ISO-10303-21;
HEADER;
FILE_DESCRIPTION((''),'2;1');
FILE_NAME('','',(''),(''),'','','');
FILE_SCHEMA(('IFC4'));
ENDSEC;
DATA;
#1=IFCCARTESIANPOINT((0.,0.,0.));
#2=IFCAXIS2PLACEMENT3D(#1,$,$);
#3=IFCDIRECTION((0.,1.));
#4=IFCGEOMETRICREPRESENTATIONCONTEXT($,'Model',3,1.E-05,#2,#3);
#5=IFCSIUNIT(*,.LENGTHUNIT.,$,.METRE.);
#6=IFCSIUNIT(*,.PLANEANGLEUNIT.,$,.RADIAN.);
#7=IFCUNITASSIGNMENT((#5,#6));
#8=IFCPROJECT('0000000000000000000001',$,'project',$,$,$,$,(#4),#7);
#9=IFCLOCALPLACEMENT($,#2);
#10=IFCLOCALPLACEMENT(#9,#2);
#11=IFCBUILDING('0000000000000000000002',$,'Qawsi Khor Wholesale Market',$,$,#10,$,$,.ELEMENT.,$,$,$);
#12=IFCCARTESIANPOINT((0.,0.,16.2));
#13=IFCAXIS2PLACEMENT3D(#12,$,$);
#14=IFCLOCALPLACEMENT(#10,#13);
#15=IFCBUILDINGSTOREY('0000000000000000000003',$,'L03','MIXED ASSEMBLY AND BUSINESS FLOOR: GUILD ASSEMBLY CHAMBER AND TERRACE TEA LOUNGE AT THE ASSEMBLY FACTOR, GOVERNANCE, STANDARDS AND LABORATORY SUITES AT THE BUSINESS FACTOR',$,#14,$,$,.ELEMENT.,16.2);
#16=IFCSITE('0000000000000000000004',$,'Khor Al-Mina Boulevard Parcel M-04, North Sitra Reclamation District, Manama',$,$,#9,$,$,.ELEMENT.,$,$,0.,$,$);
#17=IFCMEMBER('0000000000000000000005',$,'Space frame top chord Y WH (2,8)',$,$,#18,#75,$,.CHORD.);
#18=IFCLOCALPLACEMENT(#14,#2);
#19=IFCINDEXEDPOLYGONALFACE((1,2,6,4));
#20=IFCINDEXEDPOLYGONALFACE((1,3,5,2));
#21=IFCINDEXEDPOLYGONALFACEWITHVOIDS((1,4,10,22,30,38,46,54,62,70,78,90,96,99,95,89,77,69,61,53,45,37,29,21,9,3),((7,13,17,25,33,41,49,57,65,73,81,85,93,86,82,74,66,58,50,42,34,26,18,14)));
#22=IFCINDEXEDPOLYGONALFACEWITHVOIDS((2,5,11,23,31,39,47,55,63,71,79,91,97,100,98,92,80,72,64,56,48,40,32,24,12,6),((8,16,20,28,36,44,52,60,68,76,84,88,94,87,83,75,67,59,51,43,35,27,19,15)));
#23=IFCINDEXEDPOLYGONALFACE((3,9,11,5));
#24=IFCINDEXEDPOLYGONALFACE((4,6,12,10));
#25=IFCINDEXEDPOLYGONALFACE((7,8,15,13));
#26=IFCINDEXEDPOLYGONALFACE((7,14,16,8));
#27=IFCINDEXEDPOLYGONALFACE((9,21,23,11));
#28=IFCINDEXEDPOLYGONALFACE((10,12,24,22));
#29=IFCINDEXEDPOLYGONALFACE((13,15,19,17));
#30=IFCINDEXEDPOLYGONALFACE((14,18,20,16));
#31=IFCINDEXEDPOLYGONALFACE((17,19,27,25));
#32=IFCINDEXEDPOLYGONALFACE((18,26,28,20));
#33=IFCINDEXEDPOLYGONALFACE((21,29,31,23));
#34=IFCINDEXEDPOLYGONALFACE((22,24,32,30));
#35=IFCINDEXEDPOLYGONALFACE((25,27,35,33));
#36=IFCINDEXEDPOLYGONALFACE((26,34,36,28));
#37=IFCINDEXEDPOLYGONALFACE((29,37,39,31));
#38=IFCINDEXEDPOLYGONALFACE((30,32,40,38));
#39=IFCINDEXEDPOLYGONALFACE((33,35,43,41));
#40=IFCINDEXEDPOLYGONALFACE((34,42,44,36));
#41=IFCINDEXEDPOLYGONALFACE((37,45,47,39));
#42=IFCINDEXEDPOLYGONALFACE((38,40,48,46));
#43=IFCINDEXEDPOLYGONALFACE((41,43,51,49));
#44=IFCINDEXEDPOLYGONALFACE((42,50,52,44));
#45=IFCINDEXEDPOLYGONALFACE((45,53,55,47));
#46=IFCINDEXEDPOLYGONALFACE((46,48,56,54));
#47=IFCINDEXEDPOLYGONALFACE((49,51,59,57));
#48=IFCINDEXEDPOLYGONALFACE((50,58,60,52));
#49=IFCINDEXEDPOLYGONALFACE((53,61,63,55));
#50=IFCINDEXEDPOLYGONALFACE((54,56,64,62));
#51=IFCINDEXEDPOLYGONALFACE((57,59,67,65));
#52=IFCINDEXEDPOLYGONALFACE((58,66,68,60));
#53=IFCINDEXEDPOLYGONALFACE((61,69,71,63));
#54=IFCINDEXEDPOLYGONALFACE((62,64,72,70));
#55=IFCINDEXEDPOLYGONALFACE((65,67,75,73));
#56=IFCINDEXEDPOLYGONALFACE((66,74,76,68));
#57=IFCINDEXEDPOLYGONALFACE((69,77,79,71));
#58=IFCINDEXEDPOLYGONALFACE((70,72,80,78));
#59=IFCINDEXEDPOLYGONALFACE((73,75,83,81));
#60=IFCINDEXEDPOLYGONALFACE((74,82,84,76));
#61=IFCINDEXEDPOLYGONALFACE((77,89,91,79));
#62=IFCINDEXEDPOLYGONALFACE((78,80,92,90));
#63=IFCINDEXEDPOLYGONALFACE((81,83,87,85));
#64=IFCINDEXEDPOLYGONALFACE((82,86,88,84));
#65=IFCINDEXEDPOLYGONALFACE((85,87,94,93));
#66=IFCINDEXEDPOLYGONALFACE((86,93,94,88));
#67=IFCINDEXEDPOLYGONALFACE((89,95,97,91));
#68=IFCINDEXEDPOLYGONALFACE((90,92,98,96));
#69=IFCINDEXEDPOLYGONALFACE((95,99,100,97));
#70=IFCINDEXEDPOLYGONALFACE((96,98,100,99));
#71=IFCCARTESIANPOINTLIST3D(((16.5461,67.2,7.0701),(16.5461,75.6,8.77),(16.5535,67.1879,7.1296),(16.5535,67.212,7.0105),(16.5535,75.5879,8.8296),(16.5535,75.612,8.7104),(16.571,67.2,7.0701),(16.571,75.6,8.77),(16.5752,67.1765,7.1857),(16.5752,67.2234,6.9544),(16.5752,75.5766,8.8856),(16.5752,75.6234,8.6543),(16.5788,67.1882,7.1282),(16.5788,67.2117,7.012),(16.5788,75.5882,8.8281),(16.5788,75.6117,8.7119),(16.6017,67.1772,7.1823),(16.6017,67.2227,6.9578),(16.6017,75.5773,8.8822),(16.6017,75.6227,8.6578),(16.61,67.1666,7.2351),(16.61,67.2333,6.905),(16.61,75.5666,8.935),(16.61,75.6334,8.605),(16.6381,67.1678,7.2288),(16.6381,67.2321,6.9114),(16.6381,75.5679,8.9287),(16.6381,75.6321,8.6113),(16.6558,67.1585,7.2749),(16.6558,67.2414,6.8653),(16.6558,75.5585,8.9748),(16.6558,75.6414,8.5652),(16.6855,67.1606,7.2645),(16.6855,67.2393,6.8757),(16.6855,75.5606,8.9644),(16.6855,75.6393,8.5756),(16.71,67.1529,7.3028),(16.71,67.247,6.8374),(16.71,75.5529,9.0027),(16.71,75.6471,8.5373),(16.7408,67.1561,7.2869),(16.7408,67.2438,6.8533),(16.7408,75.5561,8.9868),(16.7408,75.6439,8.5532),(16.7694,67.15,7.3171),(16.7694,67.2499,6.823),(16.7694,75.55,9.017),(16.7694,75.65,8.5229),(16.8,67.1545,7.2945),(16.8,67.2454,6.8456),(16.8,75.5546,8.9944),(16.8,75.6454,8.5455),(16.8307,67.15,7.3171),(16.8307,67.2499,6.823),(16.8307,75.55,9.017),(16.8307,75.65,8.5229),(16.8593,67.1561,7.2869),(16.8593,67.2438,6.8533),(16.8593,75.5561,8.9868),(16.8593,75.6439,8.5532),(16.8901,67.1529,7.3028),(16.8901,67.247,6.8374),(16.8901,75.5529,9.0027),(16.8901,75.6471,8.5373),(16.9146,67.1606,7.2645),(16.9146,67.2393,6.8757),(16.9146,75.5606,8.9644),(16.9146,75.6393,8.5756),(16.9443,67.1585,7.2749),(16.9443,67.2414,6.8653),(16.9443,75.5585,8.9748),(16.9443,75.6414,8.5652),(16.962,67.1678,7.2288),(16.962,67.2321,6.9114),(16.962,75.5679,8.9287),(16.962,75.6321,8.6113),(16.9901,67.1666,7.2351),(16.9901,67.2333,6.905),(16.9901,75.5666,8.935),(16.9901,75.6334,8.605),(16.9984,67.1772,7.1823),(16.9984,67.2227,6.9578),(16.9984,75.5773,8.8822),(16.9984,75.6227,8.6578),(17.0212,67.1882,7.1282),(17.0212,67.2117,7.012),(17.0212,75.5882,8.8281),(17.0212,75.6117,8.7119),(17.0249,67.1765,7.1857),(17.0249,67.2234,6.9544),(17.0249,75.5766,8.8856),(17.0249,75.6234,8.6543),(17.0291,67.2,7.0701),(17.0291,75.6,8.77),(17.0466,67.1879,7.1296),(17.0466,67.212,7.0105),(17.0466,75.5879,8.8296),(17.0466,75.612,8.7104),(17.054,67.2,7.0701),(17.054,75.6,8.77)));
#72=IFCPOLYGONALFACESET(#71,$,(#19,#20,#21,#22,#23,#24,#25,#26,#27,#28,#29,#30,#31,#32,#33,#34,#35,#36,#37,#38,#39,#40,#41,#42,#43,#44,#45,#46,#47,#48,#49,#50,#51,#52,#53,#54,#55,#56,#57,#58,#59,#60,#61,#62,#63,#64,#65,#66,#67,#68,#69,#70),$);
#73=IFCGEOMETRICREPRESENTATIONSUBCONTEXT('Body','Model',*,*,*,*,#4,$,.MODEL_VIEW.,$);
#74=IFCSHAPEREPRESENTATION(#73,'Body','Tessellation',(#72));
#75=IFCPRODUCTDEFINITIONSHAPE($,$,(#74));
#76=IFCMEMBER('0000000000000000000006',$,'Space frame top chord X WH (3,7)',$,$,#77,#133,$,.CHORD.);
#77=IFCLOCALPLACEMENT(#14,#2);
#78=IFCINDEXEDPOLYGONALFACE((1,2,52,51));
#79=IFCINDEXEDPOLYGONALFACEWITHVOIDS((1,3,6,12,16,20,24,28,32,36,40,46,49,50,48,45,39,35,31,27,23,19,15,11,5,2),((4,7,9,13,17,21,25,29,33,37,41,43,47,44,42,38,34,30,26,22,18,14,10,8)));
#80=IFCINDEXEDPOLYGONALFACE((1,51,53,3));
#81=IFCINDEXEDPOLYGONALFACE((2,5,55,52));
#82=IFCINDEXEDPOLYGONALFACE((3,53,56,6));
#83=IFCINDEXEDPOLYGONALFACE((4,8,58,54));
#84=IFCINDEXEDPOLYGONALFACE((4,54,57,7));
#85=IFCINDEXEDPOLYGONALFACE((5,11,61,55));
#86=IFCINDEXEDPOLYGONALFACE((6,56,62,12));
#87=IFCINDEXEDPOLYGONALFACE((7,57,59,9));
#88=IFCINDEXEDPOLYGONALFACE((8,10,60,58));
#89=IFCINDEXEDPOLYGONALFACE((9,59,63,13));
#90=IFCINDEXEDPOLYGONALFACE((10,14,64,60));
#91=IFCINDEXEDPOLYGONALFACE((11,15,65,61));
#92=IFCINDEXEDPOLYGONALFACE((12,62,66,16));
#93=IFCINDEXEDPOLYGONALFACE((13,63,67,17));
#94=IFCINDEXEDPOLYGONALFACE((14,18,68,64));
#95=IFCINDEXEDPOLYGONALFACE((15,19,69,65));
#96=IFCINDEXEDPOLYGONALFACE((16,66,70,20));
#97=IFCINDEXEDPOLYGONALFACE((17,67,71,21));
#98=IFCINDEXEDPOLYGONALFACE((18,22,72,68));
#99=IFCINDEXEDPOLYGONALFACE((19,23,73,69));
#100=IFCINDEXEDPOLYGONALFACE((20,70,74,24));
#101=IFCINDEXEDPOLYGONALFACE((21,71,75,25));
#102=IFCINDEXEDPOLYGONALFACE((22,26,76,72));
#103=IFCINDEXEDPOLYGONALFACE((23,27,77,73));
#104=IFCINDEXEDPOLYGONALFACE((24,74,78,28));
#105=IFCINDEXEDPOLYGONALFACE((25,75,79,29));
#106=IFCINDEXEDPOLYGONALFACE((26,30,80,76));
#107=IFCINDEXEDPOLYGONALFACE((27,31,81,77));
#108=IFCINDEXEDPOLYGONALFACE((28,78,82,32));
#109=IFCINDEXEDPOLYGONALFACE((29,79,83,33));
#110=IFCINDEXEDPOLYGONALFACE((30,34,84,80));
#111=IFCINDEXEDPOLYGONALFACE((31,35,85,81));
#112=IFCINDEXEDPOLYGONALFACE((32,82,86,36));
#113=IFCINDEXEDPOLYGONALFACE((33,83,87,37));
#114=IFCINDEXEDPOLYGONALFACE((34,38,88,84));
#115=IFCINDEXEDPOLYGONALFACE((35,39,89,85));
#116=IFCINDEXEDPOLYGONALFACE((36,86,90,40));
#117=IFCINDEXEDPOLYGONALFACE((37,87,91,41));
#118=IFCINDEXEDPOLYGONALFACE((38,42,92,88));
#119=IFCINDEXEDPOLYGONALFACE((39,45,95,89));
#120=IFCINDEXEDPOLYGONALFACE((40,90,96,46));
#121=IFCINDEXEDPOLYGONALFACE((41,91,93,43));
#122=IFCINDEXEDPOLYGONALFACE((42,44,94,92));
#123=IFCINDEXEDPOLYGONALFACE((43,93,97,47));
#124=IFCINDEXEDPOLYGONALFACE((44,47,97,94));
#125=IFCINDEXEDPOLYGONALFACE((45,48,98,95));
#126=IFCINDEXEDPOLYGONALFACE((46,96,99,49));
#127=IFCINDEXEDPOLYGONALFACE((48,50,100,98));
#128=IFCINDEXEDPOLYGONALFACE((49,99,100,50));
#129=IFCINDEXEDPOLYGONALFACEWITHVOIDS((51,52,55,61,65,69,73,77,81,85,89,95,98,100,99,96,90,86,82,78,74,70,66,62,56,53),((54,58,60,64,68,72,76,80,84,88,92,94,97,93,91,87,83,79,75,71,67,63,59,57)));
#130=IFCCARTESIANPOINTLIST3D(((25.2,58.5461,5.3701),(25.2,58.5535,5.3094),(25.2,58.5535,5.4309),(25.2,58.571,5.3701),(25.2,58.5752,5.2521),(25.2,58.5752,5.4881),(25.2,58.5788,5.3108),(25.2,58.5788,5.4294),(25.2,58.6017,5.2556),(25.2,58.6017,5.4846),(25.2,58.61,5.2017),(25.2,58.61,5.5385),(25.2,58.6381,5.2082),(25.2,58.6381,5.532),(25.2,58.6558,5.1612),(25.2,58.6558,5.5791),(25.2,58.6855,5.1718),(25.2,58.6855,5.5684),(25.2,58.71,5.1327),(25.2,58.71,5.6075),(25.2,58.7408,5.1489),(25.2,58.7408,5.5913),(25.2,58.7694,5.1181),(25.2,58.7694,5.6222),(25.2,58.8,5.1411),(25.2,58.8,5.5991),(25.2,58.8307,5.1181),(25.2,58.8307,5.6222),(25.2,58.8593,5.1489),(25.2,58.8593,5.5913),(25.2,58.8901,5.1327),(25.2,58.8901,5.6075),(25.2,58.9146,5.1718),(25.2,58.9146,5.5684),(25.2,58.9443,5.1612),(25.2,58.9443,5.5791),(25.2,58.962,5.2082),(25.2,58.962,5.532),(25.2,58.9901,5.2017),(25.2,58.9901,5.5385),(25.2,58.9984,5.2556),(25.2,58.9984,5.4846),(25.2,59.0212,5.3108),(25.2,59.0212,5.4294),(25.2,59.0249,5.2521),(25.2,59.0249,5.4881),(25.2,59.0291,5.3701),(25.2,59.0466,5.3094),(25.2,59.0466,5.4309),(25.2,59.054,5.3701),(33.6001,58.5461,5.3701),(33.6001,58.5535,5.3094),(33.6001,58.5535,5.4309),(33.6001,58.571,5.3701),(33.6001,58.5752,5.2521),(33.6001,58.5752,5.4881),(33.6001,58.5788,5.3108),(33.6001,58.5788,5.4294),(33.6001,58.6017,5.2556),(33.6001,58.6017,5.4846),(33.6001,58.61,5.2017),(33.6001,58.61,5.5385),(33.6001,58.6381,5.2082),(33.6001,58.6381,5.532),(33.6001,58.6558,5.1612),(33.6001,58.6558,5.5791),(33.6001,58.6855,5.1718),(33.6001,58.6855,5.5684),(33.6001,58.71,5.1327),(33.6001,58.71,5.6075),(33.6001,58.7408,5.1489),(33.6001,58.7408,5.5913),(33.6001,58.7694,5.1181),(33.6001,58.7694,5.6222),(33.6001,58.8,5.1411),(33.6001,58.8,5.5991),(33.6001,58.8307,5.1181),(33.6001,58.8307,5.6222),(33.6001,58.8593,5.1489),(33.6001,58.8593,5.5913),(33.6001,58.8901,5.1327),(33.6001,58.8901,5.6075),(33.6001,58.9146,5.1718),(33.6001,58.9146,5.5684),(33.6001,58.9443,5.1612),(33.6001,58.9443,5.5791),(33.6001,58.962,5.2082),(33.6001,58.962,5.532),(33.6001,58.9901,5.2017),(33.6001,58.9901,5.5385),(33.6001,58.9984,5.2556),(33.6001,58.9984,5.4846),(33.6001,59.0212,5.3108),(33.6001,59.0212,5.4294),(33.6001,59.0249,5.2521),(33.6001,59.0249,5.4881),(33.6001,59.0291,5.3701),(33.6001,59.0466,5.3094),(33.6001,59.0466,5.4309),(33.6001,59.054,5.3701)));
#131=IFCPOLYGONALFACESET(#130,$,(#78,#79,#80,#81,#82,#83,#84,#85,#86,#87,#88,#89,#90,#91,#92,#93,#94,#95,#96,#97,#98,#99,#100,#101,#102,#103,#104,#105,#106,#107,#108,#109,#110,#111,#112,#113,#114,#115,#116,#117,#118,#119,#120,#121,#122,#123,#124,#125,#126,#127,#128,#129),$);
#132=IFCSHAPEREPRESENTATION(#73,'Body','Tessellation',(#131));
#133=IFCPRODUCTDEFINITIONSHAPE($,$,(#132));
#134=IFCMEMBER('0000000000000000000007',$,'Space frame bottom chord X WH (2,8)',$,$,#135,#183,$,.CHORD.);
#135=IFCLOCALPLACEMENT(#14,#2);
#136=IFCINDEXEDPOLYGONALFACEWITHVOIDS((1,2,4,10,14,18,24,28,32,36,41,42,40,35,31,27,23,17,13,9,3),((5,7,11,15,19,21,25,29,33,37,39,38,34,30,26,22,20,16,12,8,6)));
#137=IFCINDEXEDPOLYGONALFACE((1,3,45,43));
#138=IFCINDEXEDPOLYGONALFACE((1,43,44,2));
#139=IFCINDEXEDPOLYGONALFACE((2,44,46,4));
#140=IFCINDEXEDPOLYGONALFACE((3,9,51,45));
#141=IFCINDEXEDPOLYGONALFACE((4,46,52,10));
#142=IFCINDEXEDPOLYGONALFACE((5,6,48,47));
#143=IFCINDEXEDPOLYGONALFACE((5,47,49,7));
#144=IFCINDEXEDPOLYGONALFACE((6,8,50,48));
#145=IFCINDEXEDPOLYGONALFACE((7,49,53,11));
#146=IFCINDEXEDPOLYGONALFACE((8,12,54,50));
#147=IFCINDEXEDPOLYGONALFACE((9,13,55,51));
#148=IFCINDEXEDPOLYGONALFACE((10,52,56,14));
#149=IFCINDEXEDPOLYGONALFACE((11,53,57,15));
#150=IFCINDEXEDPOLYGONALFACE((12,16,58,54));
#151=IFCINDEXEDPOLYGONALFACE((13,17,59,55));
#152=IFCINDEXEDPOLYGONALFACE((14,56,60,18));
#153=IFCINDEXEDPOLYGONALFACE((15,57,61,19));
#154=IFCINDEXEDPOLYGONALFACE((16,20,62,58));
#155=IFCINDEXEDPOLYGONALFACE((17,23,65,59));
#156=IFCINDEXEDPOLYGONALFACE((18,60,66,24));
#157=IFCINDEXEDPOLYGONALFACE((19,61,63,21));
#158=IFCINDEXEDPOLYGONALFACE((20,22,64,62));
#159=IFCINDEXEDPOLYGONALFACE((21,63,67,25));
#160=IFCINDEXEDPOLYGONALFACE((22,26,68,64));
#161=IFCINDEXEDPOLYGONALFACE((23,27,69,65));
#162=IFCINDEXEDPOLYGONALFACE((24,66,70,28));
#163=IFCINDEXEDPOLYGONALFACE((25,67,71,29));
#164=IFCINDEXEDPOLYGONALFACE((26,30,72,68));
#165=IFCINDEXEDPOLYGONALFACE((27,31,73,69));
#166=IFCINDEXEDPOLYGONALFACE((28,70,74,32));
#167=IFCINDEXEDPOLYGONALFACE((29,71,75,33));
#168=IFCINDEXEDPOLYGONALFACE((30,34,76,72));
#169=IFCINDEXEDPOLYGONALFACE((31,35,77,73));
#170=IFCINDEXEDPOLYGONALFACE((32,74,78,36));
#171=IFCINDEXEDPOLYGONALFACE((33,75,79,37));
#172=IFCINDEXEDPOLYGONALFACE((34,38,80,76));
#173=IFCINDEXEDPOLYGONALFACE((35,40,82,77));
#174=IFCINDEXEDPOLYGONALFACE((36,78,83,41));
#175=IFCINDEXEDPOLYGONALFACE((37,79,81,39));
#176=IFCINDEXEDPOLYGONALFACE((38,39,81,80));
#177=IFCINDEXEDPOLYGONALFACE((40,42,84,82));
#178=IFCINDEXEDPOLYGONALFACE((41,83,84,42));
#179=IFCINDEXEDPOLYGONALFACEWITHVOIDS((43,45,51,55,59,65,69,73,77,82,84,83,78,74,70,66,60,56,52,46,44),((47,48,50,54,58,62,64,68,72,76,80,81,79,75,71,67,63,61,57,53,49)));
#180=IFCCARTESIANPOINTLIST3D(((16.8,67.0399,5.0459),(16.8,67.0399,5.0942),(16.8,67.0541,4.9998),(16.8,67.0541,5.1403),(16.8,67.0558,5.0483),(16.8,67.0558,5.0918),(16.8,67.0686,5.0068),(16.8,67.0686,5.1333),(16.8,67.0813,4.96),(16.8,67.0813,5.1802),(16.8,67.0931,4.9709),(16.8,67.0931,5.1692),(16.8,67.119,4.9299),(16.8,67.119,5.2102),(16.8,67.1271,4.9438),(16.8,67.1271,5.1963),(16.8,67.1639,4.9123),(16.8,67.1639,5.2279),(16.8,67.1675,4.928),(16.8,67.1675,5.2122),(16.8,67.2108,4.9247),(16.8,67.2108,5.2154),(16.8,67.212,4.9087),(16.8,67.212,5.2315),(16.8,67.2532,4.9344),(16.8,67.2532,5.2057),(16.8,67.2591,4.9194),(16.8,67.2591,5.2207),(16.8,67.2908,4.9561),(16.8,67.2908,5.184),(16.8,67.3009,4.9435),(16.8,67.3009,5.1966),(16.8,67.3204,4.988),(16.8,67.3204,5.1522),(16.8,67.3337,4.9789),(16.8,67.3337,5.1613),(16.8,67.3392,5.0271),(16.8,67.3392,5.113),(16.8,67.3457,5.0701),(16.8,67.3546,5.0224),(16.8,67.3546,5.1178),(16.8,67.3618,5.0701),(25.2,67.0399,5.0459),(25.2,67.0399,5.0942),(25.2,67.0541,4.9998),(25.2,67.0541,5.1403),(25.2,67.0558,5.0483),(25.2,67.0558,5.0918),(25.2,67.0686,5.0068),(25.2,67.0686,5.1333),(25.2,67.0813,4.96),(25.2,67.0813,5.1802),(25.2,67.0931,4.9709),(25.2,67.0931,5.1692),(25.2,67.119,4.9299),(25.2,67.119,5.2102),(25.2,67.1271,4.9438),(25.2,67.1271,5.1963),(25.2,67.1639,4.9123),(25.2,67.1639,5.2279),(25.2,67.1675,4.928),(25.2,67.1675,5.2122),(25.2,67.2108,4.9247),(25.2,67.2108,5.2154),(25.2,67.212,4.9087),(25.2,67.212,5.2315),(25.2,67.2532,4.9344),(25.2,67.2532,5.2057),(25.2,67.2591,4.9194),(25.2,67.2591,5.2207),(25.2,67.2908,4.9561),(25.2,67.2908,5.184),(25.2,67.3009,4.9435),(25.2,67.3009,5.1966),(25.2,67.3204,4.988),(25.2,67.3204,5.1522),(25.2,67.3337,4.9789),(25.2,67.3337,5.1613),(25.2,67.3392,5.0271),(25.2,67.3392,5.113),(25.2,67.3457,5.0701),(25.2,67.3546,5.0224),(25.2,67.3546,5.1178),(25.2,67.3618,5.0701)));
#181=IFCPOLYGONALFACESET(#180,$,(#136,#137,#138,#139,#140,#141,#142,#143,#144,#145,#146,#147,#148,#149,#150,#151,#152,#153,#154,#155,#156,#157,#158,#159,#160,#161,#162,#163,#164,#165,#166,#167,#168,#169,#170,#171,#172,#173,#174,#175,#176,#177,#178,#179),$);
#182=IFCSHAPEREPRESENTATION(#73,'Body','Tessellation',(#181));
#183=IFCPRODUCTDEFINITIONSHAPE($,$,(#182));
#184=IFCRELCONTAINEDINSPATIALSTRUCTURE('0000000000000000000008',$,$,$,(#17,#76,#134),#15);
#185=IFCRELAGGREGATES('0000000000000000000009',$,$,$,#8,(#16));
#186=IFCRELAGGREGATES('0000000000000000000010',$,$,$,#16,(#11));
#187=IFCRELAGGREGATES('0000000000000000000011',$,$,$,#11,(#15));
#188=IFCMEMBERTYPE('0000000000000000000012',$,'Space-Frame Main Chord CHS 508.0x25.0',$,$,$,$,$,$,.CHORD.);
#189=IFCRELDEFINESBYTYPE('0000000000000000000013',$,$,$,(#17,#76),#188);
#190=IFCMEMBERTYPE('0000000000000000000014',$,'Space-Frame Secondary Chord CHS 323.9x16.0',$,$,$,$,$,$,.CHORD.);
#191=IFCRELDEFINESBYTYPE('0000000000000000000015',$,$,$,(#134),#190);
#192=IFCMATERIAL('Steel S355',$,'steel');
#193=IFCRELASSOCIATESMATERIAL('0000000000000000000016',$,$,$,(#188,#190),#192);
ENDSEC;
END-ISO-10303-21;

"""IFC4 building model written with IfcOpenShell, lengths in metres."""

from ifc_helpers import new_model, si_unit, direction, frame, origin, origin_2d, place, context, subcontext, project, spatial, hollow_circle, extrude, material, material_profile, profile_set, type_object, element, save


model = new_model("IFC4")

# Units and contexts
model_context = context("Model", 3, precision=1e-05, world=origin(), true_north=direction((0.0, 1.0)))
body_context = subcontext(model_context, "Body", "Model", "MODEL_VIEW")
ifc_project = project(units=[si_unit("LENGTHUNIT", "METRE"), si_unit("PLANEANGLEUNIT", "RADIAN")], contexts=[model_context])

# Site, building, storey
site_placement = place(None, origin())
site = spatial("IfcSite", under=ifc_project, at=site_placement, Name="Khor Al-Mina Boulevard Parcel M-04, North Sitra Reclamation District, Manama", CompositionType="ELEMENT", RefElevation=0.0)
building_placement = place(site_placement, origin())
building = spatial("IfcBuilding", under=site, at=building_placement, Name="Qawsi Khor Wholesale Market", CompositionType="ELEMENT")
storey_placement = place(building_placement, frame((0.0, 0.0, 16.2)))
storey = spatial("IfcBuildingStorey", under=building, at=storey_placement, Name="L03", Description="MIXED ASSEMBLY AND BUSINESS FLOOR: GUILD ASSEMBLY CHAMBER AND TERRACE TEA LOUNGE AT THE ASSEMBLY FACTOR, GOVERNANCE, STANDARDS AND LABORATORY SUITES AT THE BUSINESS FACTOR", CompositionType="ELEMENT", Elevation=16.2)

# Members
ifc_material_1 = material(Name="Steel S355", Category="steel")
ifc_material_profile_1 = material_profile(ifc_material_1, hollow_circle(Radius=0.2539, WallThickness=0.0249, at=origin_2d()), Name="CHS 508.0x25.0")
ifc_profile_set_1 = profile_set([ifc_material_profile_1], Name="Steel S355")
member_type_1 = type_object("IfcMemberType", Name="Space-Frame Main Chord CHS 508.0x25.0", PredefinedType="CHORD", material=ifc_profile_set_1)
member_1_placement = place(storey_placement, frame((16.8, 67.2, 7.0701), z_axis=(0.0, 0.980131, 0.198351), x_axis=(-1.0, 0.0, 0.0)))
element("IfcMember", 1, at=member_1_placement, inside=storey, type_object=member_type_1, Name="Space frame top chord Y WH (2,8)", PredefinedType="CHORD", context=body_context, shape_type="SweptSolid", body=[
    extrude(hollow_circle(Radius=0.2539, WallThickness=0.0249, at=origin_2d()), origin(), (0.0, 0.0, 1.0), 8.5703),
])
member_2_placement = place(storey_placement, frame((25.2, 58.8, 5.3701), z_axis=(1.0, 0.0, 0.0), x_axis=(0.0, 1.0, 0.0)))
element("IfcMember", 2, at=member_2_placement, inside=storey, type_object=member_type_1, Name="Space frame top chord X WH (3,7)", PredefinedType="CHORD", context=body_context, shape_type="SweptSolid", body=[
    extrude(hollow_circle(Radius=0.2539, WallThickness=0.0249, at=origin_2d()), origin(), (0.0, 0.0, 1.0), 8.4001),
])
ifc_material_profile_2 = material_profile(ifc_material_1, hollow_circle(Radius=0.1619, WallThickness=0.0161, at=origin_2d()), Name="CHS 323.9x16.0")
ifc_profile_set_2 = profile_set([ifc_material_profile_2], Name="Steel S355")
member_type_2 = type_object("IfcMemberType", Name="Space-Frame Secondary Chord CHS 323.9x16.0", PredefinedType="CHORD", material=ifc_profile_set_2)
member_3_placement = place(storey_placement, frame((16.8, 67.2, 5.0701), z_axis=(1.0, 0.0, 0.0), x_axis=(0.0, 1.0, 0.0)))
element("IfcMember", 3, at=member_3_placement, inside=storey, type_object=member_type_2, Name="Space frame bottom chord X WH (2,8)", PredefinedType="CHORD", context=body_context, shape_type="SweptSolid", body=[
    extrude(hollow_circle(Radius=0.1619, WallThickness=0.0161, at=origin_2d()), origin(), (0.0, 0.0, 1.0), 8.3999),
])

save(model, "model.ifc")
